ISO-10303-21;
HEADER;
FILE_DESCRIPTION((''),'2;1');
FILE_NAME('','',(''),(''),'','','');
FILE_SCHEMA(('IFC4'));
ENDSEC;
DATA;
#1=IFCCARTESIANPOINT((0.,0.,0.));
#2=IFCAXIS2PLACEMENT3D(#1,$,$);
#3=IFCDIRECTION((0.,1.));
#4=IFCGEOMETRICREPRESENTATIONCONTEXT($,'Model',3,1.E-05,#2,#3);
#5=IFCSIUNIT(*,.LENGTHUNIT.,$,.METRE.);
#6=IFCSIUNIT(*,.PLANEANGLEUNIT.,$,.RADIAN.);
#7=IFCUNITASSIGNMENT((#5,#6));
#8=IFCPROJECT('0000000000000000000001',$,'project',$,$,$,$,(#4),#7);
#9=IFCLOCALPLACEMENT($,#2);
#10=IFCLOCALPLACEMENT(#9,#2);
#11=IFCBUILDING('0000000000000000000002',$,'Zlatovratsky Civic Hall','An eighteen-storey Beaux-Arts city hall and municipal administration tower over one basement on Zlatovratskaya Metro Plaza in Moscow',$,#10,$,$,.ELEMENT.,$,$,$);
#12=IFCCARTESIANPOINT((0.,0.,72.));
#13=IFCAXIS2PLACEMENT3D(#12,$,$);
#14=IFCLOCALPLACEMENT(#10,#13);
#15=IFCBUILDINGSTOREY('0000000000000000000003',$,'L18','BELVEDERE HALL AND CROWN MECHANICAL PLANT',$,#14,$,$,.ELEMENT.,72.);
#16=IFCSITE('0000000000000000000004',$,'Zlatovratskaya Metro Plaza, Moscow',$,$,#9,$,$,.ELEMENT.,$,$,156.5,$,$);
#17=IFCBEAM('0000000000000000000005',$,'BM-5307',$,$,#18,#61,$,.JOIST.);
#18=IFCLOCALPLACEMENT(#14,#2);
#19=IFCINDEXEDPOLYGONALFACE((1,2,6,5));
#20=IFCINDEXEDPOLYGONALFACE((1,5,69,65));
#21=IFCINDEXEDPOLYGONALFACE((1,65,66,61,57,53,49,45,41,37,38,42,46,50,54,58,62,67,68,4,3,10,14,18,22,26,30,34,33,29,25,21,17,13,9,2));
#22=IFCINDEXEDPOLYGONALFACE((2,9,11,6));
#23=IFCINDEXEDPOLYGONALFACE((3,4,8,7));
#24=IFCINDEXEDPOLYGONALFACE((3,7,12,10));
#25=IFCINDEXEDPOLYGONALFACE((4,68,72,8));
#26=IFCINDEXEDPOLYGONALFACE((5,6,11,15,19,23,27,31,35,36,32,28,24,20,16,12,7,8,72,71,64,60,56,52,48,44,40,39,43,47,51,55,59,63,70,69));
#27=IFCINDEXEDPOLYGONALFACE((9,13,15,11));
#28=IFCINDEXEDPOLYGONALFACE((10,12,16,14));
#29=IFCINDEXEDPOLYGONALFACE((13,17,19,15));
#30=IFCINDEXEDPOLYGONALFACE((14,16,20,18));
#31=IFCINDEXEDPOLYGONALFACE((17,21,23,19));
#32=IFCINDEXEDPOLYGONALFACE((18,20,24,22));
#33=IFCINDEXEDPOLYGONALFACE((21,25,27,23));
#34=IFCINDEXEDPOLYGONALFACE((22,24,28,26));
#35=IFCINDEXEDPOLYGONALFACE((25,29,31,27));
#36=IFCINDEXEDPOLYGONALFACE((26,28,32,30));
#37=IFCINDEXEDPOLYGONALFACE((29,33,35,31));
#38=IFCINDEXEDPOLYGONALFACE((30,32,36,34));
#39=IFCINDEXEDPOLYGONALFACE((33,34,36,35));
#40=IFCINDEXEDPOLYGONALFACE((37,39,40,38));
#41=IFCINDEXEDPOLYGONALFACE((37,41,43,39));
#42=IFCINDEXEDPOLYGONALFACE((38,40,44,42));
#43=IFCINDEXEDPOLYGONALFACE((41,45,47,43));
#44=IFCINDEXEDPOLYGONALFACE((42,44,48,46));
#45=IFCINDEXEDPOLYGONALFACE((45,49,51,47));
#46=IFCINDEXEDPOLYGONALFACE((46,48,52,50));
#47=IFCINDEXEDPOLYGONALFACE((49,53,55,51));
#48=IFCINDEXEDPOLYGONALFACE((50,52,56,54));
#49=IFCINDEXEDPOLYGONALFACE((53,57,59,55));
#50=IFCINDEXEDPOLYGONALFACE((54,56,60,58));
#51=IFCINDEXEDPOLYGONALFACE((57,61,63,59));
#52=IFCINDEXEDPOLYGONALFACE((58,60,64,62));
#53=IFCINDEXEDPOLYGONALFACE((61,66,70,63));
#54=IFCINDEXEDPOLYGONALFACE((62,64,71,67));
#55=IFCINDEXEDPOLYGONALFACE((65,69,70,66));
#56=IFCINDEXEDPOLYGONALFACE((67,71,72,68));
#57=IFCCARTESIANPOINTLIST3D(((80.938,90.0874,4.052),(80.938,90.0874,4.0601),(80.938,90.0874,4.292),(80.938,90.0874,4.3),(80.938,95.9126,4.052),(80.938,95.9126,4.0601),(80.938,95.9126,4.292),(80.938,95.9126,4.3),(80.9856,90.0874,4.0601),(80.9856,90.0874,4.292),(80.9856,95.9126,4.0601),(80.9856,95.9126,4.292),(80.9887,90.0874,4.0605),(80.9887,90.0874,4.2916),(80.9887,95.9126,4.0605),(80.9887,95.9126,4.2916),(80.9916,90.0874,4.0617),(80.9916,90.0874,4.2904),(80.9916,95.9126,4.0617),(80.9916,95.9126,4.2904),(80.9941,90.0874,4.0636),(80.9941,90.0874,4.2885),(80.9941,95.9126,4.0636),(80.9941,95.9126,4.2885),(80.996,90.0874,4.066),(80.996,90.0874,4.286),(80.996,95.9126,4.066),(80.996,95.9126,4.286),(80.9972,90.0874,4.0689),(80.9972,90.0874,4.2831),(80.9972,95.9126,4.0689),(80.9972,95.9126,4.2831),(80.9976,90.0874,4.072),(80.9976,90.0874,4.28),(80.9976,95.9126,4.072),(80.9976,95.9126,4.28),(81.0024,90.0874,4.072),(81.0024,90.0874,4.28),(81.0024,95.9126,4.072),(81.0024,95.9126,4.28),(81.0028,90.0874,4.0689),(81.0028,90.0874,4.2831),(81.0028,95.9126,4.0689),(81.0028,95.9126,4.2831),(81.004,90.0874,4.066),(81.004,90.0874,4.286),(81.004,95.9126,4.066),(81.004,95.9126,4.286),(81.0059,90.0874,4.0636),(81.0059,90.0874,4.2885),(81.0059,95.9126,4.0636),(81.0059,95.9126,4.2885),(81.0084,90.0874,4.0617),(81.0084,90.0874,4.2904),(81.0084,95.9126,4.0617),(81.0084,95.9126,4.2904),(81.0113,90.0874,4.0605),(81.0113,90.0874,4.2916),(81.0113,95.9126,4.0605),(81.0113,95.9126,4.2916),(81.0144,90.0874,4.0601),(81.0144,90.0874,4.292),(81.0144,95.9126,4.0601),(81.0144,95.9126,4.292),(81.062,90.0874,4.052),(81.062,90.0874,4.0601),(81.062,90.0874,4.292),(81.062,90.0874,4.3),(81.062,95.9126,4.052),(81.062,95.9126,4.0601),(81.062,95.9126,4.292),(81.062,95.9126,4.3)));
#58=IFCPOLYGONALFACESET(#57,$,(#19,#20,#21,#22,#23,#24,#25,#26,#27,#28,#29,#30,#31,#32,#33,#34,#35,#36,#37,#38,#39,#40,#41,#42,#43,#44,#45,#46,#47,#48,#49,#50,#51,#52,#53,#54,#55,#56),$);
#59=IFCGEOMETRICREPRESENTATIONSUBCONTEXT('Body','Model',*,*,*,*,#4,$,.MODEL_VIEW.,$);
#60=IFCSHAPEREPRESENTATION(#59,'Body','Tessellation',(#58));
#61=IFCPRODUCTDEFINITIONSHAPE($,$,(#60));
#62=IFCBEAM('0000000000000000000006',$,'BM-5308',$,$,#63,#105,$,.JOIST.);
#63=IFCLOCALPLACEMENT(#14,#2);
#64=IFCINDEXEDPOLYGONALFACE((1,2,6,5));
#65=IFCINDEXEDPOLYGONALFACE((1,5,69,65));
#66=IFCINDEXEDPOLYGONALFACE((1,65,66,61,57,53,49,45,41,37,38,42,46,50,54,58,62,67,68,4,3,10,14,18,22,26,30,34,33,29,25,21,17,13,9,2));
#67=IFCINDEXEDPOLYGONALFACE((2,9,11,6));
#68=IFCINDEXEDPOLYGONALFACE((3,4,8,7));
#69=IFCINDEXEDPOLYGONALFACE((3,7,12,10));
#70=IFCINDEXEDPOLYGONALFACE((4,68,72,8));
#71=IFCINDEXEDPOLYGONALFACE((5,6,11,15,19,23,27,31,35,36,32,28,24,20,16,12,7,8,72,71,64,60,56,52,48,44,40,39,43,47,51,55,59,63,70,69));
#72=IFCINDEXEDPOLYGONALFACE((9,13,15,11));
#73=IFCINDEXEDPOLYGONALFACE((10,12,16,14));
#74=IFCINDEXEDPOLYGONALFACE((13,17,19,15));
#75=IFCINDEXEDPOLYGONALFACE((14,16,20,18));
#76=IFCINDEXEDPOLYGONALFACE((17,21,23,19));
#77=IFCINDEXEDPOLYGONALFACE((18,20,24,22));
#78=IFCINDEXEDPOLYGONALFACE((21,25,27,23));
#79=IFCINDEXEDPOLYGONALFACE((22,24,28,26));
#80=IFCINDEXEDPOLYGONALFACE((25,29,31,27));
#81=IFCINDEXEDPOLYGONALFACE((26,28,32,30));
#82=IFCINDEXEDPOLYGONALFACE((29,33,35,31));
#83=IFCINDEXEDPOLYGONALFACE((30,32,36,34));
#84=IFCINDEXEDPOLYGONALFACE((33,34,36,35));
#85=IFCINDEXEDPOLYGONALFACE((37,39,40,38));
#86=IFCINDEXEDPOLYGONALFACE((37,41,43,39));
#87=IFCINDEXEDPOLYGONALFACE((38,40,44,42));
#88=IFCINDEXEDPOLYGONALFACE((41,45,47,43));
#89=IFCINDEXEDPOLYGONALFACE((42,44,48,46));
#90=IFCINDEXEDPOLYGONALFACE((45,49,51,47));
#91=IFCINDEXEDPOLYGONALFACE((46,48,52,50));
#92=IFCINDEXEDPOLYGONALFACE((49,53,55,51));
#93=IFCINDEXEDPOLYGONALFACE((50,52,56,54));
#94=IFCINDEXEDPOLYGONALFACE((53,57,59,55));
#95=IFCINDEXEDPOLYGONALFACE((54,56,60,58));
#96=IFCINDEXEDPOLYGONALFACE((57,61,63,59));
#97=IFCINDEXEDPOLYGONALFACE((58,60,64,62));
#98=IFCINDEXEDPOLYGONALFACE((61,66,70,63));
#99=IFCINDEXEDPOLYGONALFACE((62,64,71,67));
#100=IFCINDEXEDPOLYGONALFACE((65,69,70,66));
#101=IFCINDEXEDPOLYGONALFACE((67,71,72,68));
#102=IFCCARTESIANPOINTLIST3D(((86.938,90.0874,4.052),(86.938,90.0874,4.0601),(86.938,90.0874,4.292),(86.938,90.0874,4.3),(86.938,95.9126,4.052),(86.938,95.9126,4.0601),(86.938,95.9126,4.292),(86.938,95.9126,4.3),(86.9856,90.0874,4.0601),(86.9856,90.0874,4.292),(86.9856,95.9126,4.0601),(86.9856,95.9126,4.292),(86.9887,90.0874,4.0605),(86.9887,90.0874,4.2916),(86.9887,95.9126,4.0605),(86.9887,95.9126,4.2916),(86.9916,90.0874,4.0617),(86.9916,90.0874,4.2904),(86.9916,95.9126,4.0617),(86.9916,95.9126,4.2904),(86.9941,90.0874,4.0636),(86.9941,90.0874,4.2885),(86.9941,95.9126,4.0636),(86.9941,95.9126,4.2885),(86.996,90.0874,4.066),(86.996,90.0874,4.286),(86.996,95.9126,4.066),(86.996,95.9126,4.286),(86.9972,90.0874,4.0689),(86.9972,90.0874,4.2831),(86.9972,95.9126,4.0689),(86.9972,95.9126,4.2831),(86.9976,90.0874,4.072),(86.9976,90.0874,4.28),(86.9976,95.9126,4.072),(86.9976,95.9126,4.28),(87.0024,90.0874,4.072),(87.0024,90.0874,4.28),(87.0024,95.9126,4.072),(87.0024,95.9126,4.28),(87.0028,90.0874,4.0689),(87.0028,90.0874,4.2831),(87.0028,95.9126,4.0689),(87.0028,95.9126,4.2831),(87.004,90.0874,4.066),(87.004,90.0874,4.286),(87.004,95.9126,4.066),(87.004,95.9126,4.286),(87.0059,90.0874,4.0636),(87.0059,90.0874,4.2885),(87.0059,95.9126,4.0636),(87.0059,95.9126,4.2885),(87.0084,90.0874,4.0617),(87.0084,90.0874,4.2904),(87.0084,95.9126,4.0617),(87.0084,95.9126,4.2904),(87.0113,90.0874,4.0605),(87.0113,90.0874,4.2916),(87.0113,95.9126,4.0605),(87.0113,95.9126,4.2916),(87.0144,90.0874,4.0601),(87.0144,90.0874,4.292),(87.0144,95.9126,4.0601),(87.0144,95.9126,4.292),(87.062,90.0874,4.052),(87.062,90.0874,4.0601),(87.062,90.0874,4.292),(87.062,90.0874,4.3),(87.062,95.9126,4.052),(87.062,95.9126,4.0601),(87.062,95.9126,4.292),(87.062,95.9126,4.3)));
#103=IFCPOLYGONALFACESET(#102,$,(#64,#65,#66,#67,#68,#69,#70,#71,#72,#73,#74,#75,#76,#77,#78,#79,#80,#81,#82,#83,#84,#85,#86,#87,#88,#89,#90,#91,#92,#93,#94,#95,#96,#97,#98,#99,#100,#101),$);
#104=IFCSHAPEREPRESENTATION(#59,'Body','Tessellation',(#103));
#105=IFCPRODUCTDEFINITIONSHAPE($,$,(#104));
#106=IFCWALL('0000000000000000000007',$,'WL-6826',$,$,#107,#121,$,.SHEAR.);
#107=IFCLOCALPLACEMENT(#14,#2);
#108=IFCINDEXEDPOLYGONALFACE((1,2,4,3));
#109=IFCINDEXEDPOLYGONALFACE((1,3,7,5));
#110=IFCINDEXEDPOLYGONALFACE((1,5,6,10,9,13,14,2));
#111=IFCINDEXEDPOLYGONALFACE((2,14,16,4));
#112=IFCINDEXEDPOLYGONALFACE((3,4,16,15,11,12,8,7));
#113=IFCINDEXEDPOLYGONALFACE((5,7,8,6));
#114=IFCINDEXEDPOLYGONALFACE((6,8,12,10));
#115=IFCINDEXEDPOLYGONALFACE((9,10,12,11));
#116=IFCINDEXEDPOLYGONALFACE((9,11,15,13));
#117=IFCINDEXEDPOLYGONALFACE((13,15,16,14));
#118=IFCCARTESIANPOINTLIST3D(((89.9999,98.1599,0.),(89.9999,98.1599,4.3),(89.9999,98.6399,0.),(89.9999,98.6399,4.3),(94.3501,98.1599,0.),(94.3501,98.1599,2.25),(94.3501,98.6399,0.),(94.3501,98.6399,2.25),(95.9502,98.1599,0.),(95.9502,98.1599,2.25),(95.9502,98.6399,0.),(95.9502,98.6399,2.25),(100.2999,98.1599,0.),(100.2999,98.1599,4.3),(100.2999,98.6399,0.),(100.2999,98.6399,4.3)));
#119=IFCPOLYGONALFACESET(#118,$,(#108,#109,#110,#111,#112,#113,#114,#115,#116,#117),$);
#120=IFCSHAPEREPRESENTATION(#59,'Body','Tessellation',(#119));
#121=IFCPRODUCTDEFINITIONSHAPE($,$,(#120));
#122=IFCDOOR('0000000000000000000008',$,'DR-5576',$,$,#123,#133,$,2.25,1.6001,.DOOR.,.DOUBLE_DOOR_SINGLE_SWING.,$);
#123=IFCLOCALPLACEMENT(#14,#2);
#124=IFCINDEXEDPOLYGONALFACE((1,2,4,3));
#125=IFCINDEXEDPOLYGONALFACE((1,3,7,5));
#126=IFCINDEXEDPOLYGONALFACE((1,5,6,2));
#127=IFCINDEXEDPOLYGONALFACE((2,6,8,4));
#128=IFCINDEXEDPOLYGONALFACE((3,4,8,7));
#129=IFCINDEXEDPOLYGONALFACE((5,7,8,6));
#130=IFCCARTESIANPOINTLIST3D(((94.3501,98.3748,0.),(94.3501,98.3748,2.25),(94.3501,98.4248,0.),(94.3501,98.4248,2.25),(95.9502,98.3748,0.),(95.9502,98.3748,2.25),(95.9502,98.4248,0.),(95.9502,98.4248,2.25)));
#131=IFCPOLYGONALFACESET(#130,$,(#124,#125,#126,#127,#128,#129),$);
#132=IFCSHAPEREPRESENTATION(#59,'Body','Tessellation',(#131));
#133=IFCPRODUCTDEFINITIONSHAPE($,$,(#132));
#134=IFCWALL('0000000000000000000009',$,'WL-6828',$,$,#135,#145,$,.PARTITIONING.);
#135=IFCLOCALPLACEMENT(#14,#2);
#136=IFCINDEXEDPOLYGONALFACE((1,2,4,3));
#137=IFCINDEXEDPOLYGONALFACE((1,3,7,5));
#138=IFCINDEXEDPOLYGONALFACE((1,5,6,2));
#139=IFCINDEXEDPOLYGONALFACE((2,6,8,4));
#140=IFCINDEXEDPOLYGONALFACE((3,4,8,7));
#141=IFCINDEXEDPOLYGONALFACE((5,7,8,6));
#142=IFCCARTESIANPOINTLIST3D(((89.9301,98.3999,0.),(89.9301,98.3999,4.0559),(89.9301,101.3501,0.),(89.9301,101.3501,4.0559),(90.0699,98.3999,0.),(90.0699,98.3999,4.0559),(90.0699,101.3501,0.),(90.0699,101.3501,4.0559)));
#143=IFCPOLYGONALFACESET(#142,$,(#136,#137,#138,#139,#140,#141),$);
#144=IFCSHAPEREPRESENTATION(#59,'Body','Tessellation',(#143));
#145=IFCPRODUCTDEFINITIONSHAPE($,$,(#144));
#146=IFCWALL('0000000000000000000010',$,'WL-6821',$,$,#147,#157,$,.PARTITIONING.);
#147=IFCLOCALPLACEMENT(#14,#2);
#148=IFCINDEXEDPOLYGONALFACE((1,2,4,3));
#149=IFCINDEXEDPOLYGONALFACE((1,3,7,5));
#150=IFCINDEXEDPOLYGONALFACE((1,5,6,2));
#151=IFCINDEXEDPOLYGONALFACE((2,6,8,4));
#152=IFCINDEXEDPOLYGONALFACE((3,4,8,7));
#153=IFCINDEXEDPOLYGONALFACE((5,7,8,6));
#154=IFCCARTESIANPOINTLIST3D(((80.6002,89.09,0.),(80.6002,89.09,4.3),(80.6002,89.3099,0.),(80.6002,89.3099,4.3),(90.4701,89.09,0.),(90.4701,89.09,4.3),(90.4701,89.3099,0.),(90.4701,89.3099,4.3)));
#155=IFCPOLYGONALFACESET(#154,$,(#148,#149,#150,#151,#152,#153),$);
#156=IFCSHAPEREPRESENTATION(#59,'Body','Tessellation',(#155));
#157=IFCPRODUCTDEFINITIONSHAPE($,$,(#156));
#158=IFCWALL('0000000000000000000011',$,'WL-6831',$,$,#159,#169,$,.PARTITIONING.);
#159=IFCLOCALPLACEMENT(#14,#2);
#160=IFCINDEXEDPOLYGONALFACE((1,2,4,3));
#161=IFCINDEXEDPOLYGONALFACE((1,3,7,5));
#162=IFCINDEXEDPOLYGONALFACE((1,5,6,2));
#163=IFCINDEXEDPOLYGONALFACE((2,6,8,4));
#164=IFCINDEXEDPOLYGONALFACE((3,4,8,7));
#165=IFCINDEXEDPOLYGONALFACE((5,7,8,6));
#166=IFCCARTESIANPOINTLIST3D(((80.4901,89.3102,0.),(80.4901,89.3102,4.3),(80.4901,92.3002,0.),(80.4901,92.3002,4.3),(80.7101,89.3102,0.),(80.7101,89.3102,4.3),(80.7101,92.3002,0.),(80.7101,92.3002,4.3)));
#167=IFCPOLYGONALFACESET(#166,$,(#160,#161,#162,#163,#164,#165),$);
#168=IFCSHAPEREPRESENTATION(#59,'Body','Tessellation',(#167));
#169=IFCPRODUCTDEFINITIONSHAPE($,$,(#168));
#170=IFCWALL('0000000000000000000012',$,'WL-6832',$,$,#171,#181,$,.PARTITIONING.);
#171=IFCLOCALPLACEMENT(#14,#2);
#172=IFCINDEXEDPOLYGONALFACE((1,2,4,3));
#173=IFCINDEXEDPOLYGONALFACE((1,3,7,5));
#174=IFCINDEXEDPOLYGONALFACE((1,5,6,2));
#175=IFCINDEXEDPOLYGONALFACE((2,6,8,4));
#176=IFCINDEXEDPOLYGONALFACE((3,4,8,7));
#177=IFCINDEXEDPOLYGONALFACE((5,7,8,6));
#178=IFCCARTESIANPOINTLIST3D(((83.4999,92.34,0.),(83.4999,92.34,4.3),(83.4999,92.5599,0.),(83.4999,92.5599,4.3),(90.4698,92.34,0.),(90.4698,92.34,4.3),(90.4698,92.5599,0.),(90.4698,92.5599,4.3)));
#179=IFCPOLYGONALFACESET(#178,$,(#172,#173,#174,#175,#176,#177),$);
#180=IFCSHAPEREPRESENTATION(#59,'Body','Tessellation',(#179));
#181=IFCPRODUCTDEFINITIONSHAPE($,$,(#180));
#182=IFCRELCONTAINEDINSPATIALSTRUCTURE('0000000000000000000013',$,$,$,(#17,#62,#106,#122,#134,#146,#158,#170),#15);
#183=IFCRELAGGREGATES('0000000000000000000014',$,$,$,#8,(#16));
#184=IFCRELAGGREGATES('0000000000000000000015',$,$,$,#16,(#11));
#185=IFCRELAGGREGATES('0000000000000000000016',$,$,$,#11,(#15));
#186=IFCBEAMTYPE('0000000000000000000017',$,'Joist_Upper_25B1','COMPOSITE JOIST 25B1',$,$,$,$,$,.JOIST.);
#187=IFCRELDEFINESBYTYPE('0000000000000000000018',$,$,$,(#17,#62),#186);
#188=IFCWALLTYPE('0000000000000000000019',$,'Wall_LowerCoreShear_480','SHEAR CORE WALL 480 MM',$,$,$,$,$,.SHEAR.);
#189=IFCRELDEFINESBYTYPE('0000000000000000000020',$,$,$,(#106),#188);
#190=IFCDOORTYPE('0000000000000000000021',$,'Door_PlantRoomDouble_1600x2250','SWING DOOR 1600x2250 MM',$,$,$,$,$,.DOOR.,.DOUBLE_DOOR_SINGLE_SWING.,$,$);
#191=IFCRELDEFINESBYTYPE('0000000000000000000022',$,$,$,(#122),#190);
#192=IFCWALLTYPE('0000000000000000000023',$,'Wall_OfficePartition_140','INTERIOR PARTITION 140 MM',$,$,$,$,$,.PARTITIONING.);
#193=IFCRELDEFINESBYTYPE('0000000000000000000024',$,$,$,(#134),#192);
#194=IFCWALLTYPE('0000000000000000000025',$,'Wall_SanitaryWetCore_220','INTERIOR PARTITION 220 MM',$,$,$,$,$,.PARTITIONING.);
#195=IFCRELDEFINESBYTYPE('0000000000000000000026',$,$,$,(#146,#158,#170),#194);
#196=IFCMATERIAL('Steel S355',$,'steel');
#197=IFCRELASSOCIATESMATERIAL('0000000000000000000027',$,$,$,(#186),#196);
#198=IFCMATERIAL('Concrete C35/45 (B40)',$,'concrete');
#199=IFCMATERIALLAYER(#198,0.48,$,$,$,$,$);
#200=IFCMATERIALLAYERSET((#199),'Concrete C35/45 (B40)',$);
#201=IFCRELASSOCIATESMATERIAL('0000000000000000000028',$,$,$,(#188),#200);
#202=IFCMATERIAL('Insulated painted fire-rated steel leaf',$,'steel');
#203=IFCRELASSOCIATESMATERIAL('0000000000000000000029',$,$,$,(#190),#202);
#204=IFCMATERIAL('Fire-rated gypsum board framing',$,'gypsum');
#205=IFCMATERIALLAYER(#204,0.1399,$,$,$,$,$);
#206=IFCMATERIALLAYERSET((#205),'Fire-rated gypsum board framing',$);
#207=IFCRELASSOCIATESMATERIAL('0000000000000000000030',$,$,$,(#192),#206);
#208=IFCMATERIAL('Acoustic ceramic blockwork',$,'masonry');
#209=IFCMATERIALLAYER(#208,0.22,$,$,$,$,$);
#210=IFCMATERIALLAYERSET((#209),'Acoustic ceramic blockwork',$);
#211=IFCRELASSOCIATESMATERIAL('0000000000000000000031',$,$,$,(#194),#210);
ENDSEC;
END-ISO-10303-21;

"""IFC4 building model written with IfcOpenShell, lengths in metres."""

from ifc_helpers import new_model, si_unit, direction, frame, frame_2d, origin, origin_2d, place, context, subcontext, project, spatial, rectangle, i_section, extrude, material, layer, layer_set, material_profile, profile_set, type_object, element, fill, save


model = new_model("IFC4")

# Units and contexts
model_context = context("Model", 3, precision=1e-05, world=origin(), true_north=direction((0.0, 1.0)))
body_context = subcontext(model_context, "Body", "Model", "MODEL_VIEW")
ifc_project = project(units=[si_unit("LENGTHUNIT", "METRE"), si_unit("PLANEANGLEUNIT", "RADIAN")], contexts=[model_context])

# Site, building, storey
site_placement = place(None, origin())
site = spatial("IfcSite", under=ifc_project, at=site_placement, Name="Zlatovratskaya Metro Plaza, Moscow", CompositionType="ELEMENT", RefElevation=156.5)
building_placement = place(site_placement, origin())
building = spatial("IfcBuilding", under=site, at=building_placement, Name="Zlatovratsky Civic Hall", Description="An eighteen-storey Beaux-Arts city hall and municipal administration tower over one basement on Zlatovratskaya Metro Plaza in Moscow", CompositionType="ELEMENT")
storey_placement = place(building_placement, frame((0.0, 0.0, 72.0)))
storey = spatial("IfcBuildingStorey", under=building, at=storey_placement, Name="L18", Description="BELVEDERE HALL AND CROWN MECHANICAL PLANT", CompositionType="ELEMENT", Elevation=72.0)

# Shared definitions
ifc_material_1 = material(Name="Concrete C35/45 (B40)", Category="concrete")
ifc_material_2 = material(Name="Steel S355", Category="steel")

# Beams
ifc_material_profile_1 = material_profile(ifc_material_2, i_section(OverallWidth=0.124, OverallDepth=0.248, WebThickness=0.0049, FlangeThickness=0.0081, FilletRadius=0.012, at=origin_2d()), Name="25B1")
ifc_profile_set_1 = profile_set([ifc_material_profile_1], Name="Steel S355")
beam_type_1 = type_object("IfcBeamType", Name="Joist_Upper_25B1", Description="COMPOSITE JOIST 25B1", PredefinedType="JOIST", material=ifc_profile_set_1)
for number, where, z_axis, x_axis, name in (
    (1, (81.0, 90.0874, 4.176), (0.0, 1.0, 0.0), (-1.0, 0.0, 0.0), "BM-5307"),
    (2, (87.0, 90.0874, 4.176), (0.0, 1.0, 0.0), (-1.0, 0.0, 0.0), "BM-5308"),
):
    element("IfcBeam", number, at=place(storey_placement, frame(where, z_axis=z_axis, x_axis=x_axis)), inside=storey, type_object=beam_type_1, Name=name, PredefinedType="JOIST", context=body_context, shape_type="SweptSolid", body=[
        extrude(i_section(OverallWidth=0.124, OverallDepth=0.248, WebThickness=0.0049, FlangeThickness=0.0081, FilletRadius=0.012, at=origin_2d()), origin(), (0.0, 0.0, 1.0), 5.8252),
    ])

# Wall, opening, door
ifc_layer_1 = layer(ifc_material_1, 0.48)
ifc_layer_set_1 = layer_set([ifc_layer_1], Name="Concrete C35/45 (B40)")
wall_type_1 = type_object("IfcWallType", Name="Wall_LowerCoreShear_480", Description="SHEAR CORE WALL 480 MM", PredefinedType="SHEAR", material=ifc_layer_set_1)
wall_1_placement = place(storey_placement, frame((90.0, 98.3999, 0.0), z_axis=(0.0, 0.0, 1.0), x_axis=(1.0, 0.0, 0.0)))
wall_1 = element("IfcWall", 3, at=wall_1_placement, inside=storey, type_object=wall_type_1, Name="WL-6826", PredefinedType="SHEAR", context=body_context, shape_type="SweptSolid", body=[
    extrude(rectangle(XDim=10.3, YDim=0.48, at=frame_2d((5.1499, 0.0))), origin(), (0.0, 0.0, 1.0), 4.3),
])
opening_1_placement = place(wall_1_placement, frame((4.3501, 0.0, 0.0)))
opening_1 = element("IfcOpeningElement", 4, at=opening_1_placement, cuts=wall_1, PredefinedType="OPENING", context=body_context, shape_type="SweptSolid", body=[
    extrude(rectangle(XDim=1.6001, YDim=2.25, at=frame_2d((0.8, 1.125))), frame((0.0, 0.2549, 0.0), z_axis=(0.0, -1.0, 0.0), x_axis=(1.0, 0.0, 0.0)), (0.0, 0.0, 1.0), 0.5098),
])
ifc_material_3 = material(Name="Insulated painted fire-rated steel leaf", Category="steel")
door_type_1 = type_object("IfcDoorType", Name="Door_PlantRoomDouble_1600x2250", Description="SWING DOOR 1600x2250 MM", OperationType="DOUBLE_DOOR_SINGLE_SWING", PredefinedType="DOOR", material=ifc_material_3)
door_1_placement = place(opening_1_placement, origin())
door_1 = element("IfcDoor", 5, at=door_1_placement, inside=storey, type_object=door_type_1, Name="DR-5576", OperationType="DOUBLE_DOOR_SINGLE_SWING", OverallHeight=2.25, OverallWidth=1.6001, PredefinedType="DOOR", context=body_context, shape_type="SweptSolid", body=[
    extrude(rectangle(XDim=1.6001, YDim=2.25, at=frame_2d((0.8, 1.125))), frame((0.0, 0.0249, 0.0), z_axis=(0.0, -1.0, 0.0), x_axis=(1.0, 0.0, 0.0)), (0.0, 0.0, 1.0), 0.05),
])
fill(opening_1, door_1)

# Walls
ifc_material_4 = material(Name="Fire-rated gypsum board framing", Category="gypsum")
ifc_layer_2 = layer(ifc_material_4, 0.1399)
ifc_layer_set_2 = layer_set([ifc_layer_2], Name="Fire-rated gypsum board framing")
wall_type_2 = type_object("IfcWallType", Name="Wall_OfficePartition_140", Description="INTERIOR PARTITION 140 MM", PredefinedType="PARTITIONING", material=ifc_layer_set_2)
wall_2_placement = place(storey_placement, frame((90.0, 98.3999, 0.0), z_axis=(0.0, 0.0, 1.0), x_axis=(0.0, 1.0, 0.0)))
element("IfcWall", 6, at=wall_2_placement, inside=storey, type_object=wall_type_2, Name="WL-6828", PredefinedType="PARTITIONING", context=body_context, shape_type="SweptSolid", body=[
    extrude(rectangle(XDim=2.9502, YDim=0.1399, at=frame_2d((1.4751, 0.0))), origin(), (0.0, 0.0, 1.0), 4.0559),
])
ifc_material_5 = material(Name="Acoustic ceramic blockwork", Category="masonry")
ifc_layer_3 = layer(ifc_material_5, 0.22)
ifc_layer_set_3 = layer_set([ifc_layer_3], Name="Acoustic ceramic blockwork")
wall_type_3 = type_object("IfcWallType", Name="Wall_SanitaryWetCore_220", Description="INTERIOR PARTITION 220 MM", PredefinedType="PARTITIONING", material=ifc_layer_set_3)
wall_3_placement = place(storey_placement, frame((80.6001, 89.2, 0.0), z_axis=(0.0, 0.0, 1.0), x_axis=(1.0, 0.0, 0.0)))
element("IfcWall", 7, at=wall_3_placement, inside=storey, type_object=wall_type_3, Name="WL-6821", PredefinedType="PARTITIONING", context=body_context, shape_type="SweptSolid", body=[
    extrude(rectangle(XDim=9.8699, YDim=0.22, at=frame_2d((4.9351, 0.0))), origin(), (0.0, 0.0, 1.0), 4.3),
])
wall_4_placement = place(storey_placement, frame((80.6001, 89.3101, 0.0), z_axis=(0.0, 0.0, 1.0), x_axis=(0.0, 1.0, 0.0)))
element("IfcWall", 8, at=wall_4_placement, inside=storey, type_object=wall_type_3, Name="WL-6831", PredefinedType="PARTITIONING", context=body_context, shape_type="SweptSolid", body=[
    extrude(rectangle(XDim=2.99, YDim=0.22, at=frame_2d((1.4951, 0.0))), origin(), (0.0, 0.0, 1.0), 4.3),
])
wall_5_placement = place(storey_placement, frame((83.5, 92.45, 0.0), z_axis=(0.0, 0.0, 1.0), x_axis=(1.0, 0.0, 0.0)))
element("IfcWall", 9, at=wall_5_placement, inside=storey, type_object=wall_type_3, Name="WL-6832", PredefinedType="PARTITIONING", context=body_context, shape_type="SweptSolid", body=[
    extrude(rectangle(XDim=6.97, YDim=0.22, at=frame_2d((3.4849, 0.0))), origin(), (0.0, 0.0, 1.0), 4.3),
])

save(model, "model.ifc")
